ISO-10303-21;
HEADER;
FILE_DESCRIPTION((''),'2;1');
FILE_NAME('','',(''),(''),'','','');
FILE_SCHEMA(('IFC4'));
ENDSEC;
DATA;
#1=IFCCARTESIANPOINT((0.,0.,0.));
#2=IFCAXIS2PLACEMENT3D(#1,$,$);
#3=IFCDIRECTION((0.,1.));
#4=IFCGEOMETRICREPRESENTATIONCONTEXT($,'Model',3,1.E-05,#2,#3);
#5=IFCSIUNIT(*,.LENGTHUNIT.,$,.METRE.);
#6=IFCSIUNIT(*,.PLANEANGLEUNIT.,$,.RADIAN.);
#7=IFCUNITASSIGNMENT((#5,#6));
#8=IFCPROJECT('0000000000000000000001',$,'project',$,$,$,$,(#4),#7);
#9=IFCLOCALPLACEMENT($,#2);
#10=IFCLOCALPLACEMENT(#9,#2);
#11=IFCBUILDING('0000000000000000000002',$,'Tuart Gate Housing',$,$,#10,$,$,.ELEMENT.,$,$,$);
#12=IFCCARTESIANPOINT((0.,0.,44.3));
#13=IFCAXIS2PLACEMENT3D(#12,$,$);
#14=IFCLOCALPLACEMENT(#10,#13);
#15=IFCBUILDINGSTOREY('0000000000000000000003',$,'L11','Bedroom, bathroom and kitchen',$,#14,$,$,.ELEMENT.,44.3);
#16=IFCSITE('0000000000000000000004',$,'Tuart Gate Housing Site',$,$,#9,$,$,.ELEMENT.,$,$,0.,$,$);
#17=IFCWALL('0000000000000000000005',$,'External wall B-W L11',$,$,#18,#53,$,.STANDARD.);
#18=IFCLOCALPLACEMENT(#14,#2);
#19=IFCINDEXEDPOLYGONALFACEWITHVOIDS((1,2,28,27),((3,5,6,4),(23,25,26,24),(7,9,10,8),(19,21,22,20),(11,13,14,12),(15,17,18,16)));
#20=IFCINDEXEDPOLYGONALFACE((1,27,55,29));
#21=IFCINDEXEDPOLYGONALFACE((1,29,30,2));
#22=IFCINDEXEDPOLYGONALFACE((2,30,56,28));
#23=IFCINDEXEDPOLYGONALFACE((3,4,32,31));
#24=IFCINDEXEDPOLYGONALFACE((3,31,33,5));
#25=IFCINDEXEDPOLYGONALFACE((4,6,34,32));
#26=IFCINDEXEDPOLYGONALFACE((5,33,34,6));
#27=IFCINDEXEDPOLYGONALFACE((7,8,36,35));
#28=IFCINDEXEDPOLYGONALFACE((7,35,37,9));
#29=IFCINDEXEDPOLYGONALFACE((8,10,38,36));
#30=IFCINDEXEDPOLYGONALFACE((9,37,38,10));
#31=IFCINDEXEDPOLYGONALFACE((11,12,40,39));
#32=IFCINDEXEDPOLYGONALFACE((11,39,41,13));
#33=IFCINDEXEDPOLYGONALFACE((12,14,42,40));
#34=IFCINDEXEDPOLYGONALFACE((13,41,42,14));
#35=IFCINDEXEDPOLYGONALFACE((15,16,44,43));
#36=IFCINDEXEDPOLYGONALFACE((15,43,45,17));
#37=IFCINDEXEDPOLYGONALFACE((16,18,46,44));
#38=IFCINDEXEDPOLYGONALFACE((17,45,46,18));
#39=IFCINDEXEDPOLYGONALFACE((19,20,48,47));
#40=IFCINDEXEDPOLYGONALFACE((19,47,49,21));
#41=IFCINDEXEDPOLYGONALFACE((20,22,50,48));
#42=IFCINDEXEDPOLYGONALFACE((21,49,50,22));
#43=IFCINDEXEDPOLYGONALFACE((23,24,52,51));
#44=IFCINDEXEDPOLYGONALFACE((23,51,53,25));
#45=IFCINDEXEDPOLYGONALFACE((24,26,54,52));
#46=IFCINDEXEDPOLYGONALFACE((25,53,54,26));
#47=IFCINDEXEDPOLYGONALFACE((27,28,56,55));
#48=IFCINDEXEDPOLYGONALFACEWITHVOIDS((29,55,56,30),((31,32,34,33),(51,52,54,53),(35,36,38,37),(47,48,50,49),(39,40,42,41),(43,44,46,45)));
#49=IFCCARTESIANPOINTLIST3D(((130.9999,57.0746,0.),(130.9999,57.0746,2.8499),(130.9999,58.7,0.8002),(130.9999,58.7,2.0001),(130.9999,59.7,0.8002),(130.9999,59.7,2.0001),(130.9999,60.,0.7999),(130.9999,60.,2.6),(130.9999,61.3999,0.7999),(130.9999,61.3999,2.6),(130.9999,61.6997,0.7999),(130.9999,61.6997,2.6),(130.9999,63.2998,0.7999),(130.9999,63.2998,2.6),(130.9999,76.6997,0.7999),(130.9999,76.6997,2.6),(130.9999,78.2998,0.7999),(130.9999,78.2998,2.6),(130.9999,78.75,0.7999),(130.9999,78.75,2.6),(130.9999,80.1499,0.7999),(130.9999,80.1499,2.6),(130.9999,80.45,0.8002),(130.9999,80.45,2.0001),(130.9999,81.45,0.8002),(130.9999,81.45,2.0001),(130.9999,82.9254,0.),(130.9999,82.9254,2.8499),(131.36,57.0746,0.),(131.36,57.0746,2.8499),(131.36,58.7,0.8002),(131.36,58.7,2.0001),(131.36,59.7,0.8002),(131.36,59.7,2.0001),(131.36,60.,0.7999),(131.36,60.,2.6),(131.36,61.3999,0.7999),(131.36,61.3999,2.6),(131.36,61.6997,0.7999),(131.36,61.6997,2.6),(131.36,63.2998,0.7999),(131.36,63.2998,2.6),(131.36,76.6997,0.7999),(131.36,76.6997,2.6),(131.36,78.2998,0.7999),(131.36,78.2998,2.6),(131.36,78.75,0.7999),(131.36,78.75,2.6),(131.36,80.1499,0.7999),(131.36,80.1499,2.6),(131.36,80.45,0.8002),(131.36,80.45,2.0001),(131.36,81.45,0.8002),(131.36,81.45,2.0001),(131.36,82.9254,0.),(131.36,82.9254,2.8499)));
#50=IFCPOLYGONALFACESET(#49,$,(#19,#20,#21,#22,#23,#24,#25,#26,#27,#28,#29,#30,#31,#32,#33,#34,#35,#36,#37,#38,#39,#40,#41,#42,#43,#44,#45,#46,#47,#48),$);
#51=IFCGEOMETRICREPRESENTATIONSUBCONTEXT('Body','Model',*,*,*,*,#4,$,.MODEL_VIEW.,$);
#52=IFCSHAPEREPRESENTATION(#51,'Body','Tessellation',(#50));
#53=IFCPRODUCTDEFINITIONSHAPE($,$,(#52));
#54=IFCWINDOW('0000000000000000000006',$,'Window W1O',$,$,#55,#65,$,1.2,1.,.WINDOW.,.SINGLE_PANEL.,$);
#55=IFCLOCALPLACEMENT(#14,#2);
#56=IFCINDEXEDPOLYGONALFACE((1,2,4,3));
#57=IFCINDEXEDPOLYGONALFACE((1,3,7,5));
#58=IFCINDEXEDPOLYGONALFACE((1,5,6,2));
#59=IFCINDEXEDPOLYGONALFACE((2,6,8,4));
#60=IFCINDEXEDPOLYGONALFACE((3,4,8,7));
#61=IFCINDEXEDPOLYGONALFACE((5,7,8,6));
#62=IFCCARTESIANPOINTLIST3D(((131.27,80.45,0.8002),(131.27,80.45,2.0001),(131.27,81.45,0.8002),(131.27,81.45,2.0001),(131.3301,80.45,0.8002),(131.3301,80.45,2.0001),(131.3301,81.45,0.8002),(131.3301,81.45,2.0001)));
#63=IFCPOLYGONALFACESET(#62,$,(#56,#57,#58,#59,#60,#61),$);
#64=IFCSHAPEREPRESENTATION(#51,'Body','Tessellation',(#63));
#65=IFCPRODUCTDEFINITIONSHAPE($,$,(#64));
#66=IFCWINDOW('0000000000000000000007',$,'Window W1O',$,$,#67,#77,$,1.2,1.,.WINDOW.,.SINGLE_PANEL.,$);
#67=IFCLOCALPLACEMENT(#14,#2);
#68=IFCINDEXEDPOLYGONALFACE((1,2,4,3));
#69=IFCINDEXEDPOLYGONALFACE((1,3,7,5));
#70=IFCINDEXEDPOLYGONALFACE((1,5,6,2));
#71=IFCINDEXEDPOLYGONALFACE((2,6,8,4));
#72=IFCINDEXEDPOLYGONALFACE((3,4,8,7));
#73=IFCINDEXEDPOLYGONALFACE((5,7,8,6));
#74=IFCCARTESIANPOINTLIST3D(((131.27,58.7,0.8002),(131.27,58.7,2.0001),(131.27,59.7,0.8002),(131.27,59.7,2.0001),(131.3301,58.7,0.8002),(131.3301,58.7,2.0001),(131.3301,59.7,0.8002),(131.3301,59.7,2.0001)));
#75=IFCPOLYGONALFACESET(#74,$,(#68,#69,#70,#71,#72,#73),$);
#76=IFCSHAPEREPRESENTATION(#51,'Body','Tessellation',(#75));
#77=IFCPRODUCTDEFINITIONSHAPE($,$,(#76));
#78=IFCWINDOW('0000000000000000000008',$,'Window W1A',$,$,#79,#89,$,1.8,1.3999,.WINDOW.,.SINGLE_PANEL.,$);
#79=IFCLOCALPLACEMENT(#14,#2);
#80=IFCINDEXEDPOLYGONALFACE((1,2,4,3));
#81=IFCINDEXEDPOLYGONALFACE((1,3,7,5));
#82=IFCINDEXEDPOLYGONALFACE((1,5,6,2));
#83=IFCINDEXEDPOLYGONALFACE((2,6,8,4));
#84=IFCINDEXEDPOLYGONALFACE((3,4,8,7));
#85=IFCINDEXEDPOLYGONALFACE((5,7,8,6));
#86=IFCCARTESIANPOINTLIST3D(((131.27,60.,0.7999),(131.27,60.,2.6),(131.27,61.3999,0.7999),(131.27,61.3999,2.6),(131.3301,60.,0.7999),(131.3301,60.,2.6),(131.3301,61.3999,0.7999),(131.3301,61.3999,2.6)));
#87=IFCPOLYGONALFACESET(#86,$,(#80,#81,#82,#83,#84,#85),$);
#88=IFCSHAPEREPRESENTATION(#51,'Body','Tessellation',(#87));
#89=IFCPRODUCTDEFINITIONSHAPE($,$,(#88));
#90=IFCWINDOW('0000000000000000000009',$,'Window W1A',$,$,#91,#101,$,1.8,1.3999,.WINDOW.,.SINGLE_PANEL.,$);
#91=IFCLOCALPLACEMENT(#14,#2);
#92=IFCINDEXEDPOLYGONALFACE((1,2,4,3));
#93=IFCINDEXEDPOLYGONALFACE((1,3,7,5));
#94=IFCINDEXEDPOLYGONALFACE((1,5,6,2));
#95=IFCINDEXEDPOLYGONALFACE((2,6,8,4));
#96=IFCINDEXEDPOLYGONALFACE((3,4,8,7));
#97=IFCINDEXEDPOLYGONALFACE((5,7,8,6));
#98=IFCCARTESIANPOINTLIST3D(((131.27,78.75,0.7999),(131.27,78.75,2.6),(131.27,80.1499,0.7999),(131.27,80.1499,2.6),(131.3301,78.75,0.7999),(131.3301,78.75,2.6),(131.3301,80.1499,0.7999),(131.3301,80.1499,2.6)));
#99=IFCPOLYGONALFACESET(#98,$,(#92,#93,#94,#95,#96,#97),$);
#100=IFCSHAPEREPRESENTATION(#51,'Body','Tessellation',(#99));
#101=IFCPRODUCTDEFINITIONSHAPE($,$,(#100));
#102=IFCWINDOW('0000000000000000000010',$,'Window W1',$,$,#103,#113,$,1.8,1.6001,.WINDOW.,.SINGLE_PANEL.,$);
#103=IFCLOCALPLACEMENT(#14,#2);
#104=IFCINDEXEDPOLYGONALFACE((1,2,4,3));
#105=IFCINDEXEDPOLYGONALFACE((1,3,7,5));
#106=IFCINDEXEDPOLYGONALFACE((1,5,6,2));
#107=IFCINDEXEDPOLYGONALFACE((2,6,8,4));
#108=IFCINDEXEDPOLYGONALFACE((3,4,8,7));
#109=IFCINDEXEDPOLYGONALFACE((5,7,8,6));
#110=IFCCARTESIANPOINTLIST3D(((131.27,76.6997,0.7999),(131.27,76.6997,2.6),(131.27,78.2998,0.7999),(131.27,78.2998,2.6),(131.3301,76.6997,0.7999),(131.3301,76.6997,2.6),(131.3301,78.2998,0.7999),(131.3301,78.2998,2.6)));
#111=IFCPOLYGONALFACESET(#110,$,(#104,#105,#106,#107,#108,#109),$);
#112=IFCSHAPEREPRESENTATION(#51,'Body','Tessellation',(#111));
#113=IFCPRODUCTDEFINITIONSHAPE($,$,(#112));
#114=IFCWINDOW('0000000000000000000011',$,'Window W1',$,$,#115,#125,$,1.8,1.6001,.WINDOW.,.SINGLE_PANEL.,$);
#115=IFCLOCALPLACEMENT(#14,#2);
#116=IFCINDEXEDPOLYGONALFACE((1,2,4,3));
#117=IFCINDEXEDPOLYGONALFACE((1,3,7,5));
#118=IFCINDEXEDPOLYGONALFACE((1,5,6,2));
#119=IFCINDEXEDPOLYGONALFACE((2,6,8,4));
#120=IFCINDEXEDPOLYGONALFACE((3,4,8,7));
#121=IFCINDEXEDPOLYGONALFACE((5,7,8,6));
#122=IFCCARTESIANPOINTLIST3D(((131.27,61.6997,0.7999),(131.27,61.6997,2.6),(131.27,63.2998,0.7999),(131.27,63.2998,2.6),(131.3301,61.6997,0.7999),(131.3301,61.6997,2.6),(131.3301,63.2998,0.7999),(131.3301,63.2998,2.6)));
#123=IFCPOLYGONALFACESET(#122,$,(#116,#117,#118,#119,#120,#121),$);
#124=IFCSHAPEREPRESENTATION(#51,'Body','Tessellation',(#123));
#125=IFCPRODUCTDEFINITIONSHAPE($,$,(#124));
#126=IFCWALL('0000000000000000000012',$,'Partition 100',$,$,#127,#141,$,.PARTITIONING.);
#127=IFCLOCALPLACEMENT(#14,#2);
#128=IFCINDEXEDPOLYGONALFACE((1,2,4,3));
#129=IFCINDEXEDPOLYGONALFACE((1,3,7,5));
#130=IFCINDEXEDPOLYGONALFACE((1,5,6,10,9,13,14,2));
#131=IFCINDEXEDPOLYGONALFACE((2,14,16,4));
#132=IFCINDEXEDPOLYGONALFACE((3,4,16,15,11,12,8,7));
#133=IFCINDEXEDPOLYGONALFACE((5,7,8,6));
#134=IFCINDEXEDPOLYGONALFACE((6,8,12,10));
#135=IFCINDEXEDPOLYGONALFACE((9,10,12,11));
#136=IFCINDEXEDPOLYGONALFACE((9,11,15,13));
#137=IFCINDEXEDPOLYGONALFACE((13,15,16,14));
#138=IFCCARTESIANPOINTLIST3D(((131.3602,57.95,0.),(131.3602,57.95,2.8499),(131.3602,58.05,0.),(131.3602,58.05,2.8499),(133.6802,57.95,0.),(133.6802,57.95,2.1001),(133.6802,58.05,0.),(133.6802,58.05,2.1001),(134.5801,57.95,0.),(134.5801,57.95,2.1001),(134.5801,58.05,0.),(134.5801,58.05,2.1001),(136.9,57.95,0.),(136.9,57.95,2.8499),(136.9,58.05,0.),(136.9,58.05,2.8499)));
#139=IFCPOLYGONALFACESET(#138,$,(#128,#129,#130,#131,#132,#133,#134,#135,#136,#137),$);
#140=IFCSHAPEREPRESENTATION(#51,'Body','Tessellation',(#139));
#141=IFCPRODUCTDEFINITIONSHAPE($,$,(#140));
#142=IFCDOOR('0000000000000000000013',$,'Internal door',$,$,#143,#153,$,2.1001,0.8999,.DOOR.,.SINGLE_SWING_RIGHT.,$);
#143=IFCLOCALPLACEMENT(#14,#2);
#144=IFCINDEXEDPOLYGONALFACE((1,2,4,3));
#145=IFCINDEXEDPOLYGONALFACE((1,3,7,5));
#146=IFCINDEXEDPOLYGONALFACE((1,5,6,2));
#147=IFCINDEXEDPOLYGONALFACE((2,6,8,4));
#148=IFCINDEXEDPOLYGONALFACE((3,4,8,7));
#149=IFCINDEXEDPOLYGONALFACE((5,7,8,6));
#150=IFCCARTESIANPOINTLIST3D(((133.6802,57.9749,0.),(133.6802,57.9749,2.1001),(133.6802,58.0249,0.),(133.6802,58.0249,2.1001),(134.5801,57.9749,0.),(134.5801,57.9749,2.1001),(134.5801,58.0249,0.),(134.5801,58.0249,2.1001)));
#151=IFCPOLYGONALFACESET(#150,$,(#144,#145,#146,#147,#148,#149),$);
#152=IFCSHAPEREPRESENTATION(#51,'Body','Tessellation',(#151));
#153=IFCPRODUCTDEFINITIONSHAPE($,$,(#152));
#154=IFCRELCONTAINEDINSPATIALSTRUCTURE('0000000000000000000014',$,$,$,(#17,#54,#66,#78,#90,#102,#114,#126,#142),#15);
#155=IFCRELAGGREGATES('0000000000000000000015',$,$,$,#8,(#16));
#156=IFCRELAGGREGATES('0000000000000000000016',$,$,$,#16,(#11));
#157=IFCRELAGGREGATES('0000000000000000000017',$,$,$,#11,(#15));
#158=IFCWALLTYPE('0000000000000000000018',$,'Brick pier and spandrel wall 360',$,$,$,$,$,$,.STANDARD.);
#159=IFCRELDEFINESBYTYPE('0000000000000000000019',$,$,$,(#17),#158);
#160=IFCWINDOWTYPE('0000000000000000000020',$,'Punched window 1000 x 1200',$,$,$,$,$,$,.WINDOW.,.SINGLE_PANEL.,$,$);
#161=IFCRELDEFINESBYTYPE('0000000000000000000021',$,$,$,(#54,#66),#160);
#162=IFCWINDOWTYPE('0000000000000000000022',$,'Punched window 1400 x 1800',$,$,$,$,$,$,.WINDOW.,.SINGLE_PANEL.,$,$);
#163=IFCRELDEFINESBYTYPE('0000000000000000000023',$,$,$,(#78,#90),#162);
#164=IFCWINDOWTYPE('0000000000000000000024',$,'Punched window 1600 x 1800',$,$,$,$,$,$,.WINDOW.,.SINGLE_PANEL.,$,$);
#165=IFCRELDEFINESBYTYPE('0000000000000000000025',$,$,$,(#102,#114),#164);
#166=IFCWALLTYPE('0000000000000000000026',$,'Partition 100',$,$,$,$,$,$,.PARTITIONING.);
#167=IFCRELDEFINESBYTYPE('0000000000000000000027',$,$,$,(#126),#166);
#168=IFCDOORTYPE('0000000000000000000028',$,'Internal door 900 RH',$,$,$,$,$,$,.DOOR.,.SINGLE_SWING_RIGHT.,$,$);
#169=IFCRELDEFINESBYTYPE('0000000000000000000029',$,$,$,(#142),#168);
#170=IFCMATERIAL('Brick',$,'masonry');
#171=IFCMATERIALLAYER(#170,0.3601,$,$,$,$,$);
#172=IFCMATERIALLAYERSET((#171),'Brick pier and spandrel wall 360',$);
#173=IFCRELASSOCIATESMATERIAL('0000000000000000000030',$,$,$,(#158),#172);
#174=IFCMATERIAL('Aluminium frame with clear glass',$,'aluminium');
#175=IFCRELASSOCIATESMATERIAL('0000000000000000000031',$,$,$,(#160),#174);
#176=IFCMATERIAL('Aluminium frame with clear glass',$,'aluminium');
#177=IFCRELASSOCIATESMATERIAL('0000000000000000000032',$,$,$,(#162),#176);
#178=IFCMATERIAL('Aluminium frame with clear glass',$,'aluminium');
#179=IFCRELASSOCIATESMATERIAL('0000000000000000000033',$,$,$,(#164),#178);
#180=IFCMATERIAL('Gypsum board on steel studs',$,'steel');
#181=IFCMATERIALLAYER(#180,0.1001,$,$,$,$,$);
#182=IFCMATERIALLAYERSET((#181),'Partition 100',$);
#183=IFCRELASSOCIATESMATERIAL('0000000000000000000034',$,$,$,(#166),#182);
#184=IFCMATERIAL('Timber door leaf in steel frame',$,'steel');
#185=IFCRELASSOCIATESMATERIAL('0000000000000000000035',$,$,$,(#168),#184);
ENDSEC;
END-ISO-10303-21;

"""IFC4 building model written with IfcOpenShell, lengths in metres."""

from ifc_helpers import new_model, si_unit, direction, frame, frame_2d, origin, place, context, subcontext, project, spatial, rectangle, extrude, material, layer, layer_set, type_object, element, fill, save


model = new_model("IFC4")

# Units and contexts
model_context = context("Model", 3, precision=1e-05, world=origin(), true_north=direction((0.0, 1.0)))
body_context = subcontext(model_context, "Body", "Model", "MODEL_VIEW")
ifc_project = project(units=[si_unit("LENGTHUNIT", "METRE"), si_unit("PLANEANGLEUNIT", "RADIAN")], contexts=[model_context])

# Site, building, storey
site_placement = place(None, origin())
site = spatial("IfcSite", under=ifc_project, at=site_placement, Name="Tuart Gate Housing Site", CompositionType="ELEMENT", RefElevation=0.0)
building_placement = place(site_placement, origin())
building = spatial("IfcBuilding", under=site, at=building_placement, Name="Tuart Gate Housing", CompositionType="ELEMENT")
storey_placement = place(building_placement, frame((0.0, 0.0, 44.3)))
storey = spatial("IfcBuildingStorey", under=building, at=storey_placement, Name="L11", Description="Bedroom, bathroom and kitchen", CompositionType="ELEMENT", Elevation=44.3)

# Shared definitions
ifc_material_1 = material(Name="Brick", Category="masonry")
ifc_layer_1 = layer(ifc_material_1, 0.3601)
ifc_layer_set_1 = layer_set([ifc_layer_1], Name="Brick pier and spandrel wall 360")
wall_type_1 = type_object("IfcWallType", Name="Brick pier and spandrel wall 360", PredefinedType="STANDARD", material=ifc_layer_set_1)
ifc_material_2 = material(Name="Aluminium frame with clear glass", Category="aluminium")
window_type_1 = type_object("IfcWindowType", Name="Punched window 1000 x 1200", PartitioningType="SINGLE_PANEL", PredefinedType="WINDOW", material=ifc_material_2)
ifc_material_3 = material(Name="Aluminium frame with clear glass", Category="aluminium")
window_type_2 = type_object("IfcWindowType", Name="Punched window 1400 x 1800", PartitioningType="SINGLE_PANEL", PredefinedType="WINDOW", material=ifc_material_3)
ifc_material_4 = material(Name="Aluminium frame with clear glass", Category="aluminium")
window_type_3 = type_object("IfcWindowType", Name="Punched window 1600 x 1800", PartitioningType="SINGLE_PANEL", PredefinedType="WINDOW", material=ifc_material_4)

# Wall, openings, windows
wall_1_placement = place(storey_placement, frame((131.1799, 82.9253, 0.0), z_axis=(0.0, 0.0, 1.0), x_axis=(0.0, -1.0, 0.0)))
wall_1 = element("IfcWall", 1, at=wall_1_placement, inside=storey, type_object=wall_type_1, Name="External wall B-W L11", PredefinedType="STANDARD", context=body_context, shape_type="SweptSolid", body=[
    extrude(rectangle(XDim=25.8508, YDim=0.3601, at=frame_2d((12.9253, 0.0))), origin(), (0.0, 0.0, 1.0), 2.8499),
])
opening_1_placement = place(wall_1_placement, frame((1.4753, 0.0, 0.8)))
opening_1 = element("IfcOpeningElement", 2, at=opening_1_placement, cuts=wall_1, PredefinedType="OPENING", context=body_context, shape_type="SweptSolid", body=[
    extrude(rectangle(XDim=1.0, YDim=1.2, at=frame_2d((0.5, 0.6001))), frame((0.0, 0.1899, 0.0), z_axis=(0.0, -1.0, 0.0), x_axis=(1.0, 0.0, 0.0)), (0.0, 0.0, 1.0), 0.3801),
])
opening_2_placement = place(wall_1_placement, frame((4.6255, 0.0, 0.8)))
opening_2 = element("IfcOpeningElement", 3, at=opening_2_placement, cuts=wall_1, PredefinedType="OPENING", context=body_context, shape_type="SweptSolid", body=[
    extrude(rectangle(XDim=1.6001, YDim=1.8, at=frame_2d((0.8, 0.8999))), frame((0.0, 0.1899, 0.0), z_axis=(0.0, -1.0, 0.0), x_axis=(1.0, 0.0, 0.0)), (0.0, 0.0, 1.0), 0.3801),
])
opening_3_placement = place(wall_1_placement, frame((19.6255, 0.0, 0.8)))
opening_3 = element("IfcOpeningElement", 4, at=opening_3_placement, cuts=wall_1, PredefinedType="OPENING", context=body_context, shape_type="SweptSolid", body=[
    extrude(rectangle(XDim=1.6001, YDim=1.8, at=frame_2d((0.8, 0.8999))), frame((0.0, 0.1899, 0.0), z_axis=(0.0, -1.0, 0.0), x_axis=(1.0, 0.0, 0.0)), (0.0, 0.0, 1.0), 0.3801),
])
opening_4_placement = place(wall_1_placement, frame((21.5254, 0.0, 0.8)))
opening_4 = element("IfcOpeningElement", 5, at=opening_4_placement, cuts=wall_1, PredefinedType="OPENING", context=body_context, shape_type="SweptSolid", body=[
    extrude(rectangle(XDim=1.3999, YDim=1.8, at=frame_2d((0.7, 0.8999))), frame((0.0, 0.1899, 0.0), z_axis=(0.0, -1.0, 0.0), x_axis=(1.0, 0.0, 0.0)), (0.0, 0.0, 1.0), 0.3801),
])
opening_5_placement = place(wall_1_placement, frame((2.7754, 0.0, 0.8)))
opening_5 = element("IfcOpeningElement", 6, at=opening_5_placement, cuts=wall_1, PredefinedType="OPENING", context=body_context, shape_type="SweptSolid", body=[
    extrude(rectangle(XDim=1.3999, YDim=1.8, at=frame_2d((0.7, 0.8999))), frame((0.0, 0.1899, 0.0), z_axis=(0.0, -1.0, 0.0), x_axis=(1.0, 0.0, 0.0)), (0.0, 0.0, 1.0), 0.3801),
])
opening_6_placement = place(wall_1_placement, frame((23.2253, 0.0, 0.8)))
opening_6 = element("IfcOpeningElement", 7, at=opening_6_placement, cuts=wall_1, PredefinedType="OPENING", context=body_context, shape_type="SweptSolid", body=[
    extrude(rectangle(XDim=1.0, YDim=1.2, at=frame_2d((0.5, 0.6001))), frame((0.0, 0.1899, 0.0), z_axis=(0.0, -1.0, 0.0), x_axis=(1.0, 0.0, 0.0)), (0.0, 0.0, 1.0), 0.3801),
])
window_1_placement = place(opening_1_placement, origin())
window_1 = element("IfcWindow", 8, at=window_1_placement, inside=storey, type_object=window_type_1, Name="Window W1O", OverallHeight=1.2, OverallWidth=1.0, PartitioningType="SINGLE_PANEL", PredefinedType="WINDOW", context=body_context, shape_type="SweptSolid", body=[
    extrude(rectangle(XDim=1.0, YDim=1.2, at=frame_2d((0.5, 0.6001))), frame((0.0, 0.1501, 0.0), z_axis=(0.0, -1.0, 0.0), x_axis=(1.0, 0.0, 0.0)), (0.0, 0.0, 1.0), 0.0601),
])
fill(opening_1, window_1)
window_2_placement = place(opening_6_placement, origin())
window_2 = element("IfcWindow", 9, at=window_2_placement, inside=storey, type_object=window_type_1, Name="Window W1O", OverallHeight=1.2, OverallWidth=1.0, PartitioningType="SINGLE_PANEL", PredefinedType="WINDOW", context=body_context, shape_type="SweptSolid", body=[
    extrude(rectangle(XDim=1.0, YDim=1.2, at=frame_2d((0.5, 0.6001))), frame((0.0, 0.1501, 0.0), z_axis=(0.0, -1.0, 0.0), x_axis=(1.0, 0.0, 0.0)), (0.0, 0.0, 1.0), 0.0601),
])
fill(opening_6, window_2)
window_3_placement = place(opening_4_placement, origin())
window_3 = element("IfcWindow", 10, at=window_3_placement, inside=storey, type_object=window_type_2, Name="Window W1A", OverallHeight=1.8, OverallWidth=1.3999, PartitioningType="SINGLE_PANEL", PredefinedType="WINDOW", context=body_context, shape_type="SweptSolid", body=[
    extrude(rectangle(XDim=1.3999, YDim=1.8, at=frame_2d((0.7, 0.8999))), frame((0.0, 0.1501, 0.0), z_axis=(0.0, -1.0, 0.0), x_axis=(1.0, 0.0, 0.0)), (0.0, 0.0, 1.0), 0.0601),
])
fill(opening_4, window_3)
window_4_placement = place(opening_5_placement, origin())
window_4 = element("IfcWindow", 11, at=window_4_placement, inside=storey, type_object=window_type_2, Name="Window W1A", OverallHeight=1.8, OverallWidth=1.3999, PartitioningType="SINGLE_PANEL", PredefinedType="WINDOW", context=body_context, shape_type="SweptSolid", body=[
    extrude(rectangle(XDim=1.3999, YDim=1.8, at=frame_2d((0.7, 0.8999))), frame((0.0, 0.1501, 0.0), z_axis=(0.0, -1.0, 0.0), x_axis=(1.0, 0.0, 0.0)), (0.0, 0.0, 1.0), 0.0601),
])
fill(opening_5, window_4)
window_5_placement = place(opening_2_placement, origin())
window_5 = element("IfcWindow", 12, at=window_5_placement, inside=storey, type_object=window_type_3, Name="Window W1", OverallHeight=1.8, OverallWidth=1.6001, PartitioningType="SINGLE_PANEL", PredefinedType="WINDOW", context=body_context, shape_type="SweptSolid", body=[
    extrude(rectangle(XDim=1.6001, YDim=1.8, at=frame_2d((0.8, 0.8999))), frame((0.0, 0.1501, 0.0), z_axis=(0.0, -1.0, 0.0), x_axis=(1.0, 0.0, 0.0)), (0.0, 0.0, 1.0), 0.0601),
])
fill(opening_2, window_5)
window_6_placement = place(opening_3_placement, origin())
window_6 = element("IfcWindow", 13, at=window_6_placement, inside=storey, type_object=window_type_3, Name="Window W1", OverallHeight=1.8, OverallWidth=1.6001, PartitioningType="SINGLE_PANEL", PredefinedType="WINDOW", context=body_context, shape_type="SweptSolid", body=[
    extrude(rectangle(XDim=1.6001, YDim=1.8, at=frame_2d((0.8, 0.8999))), frame((0.0, 0.1501, 0.0), z_axis=(0.0, -1.0, 0.0), x_axis=(1.0, 0.0, 0.0)), (0.0, 0.0, 1.0), 0.0601),
])
fill(opening_3, window_6)

# Wall, opening, door
ifc_material_5 = material(Name="Gypsum board on steel studs", Category="steel")
ifc_layer_2 = layer(ifc_material_5, 0.1001)
ifc_layer_set_2 = layer_set([ifc_layer_2], Name="Partition 100")
wall_type_2 = type_object("IfcWallType", Name="Partition 100", PredefinedType="PARTITIONING", material=ifc_layer_set_2)
wall_2_placement = place(storey_placement, frame((131.3601, 58.0, 0.0), z_axis=(0.0, 0.0, 1.0), x_axis=(1.0, 0.0, 0.0)))
wall_2 = element("IfcWall", 14, at=wall_2_placement, inside=storey, type_object=wall_type_2, Name="Partition 100", PredefinedType="PARTITIONING", context=body_context, shape_type="SweptSolid", body=[
    extrude(rectangle(XDim=5.5398, YDim=0.1001, at=frame_2d((2.77, 0.0))), origin(), (0.0, 0.0, 1.0), 2.8499),
])
opening_7_placement = place(wall_2_placement, frame((2.3201, 0.0, 0.0)))
opening_7 = element("IfcOpeningElement", 15, at=opening_7_placement, cuts=wall_2, PredefinedType="OPENING", context=body_context, shape_type="SweptSolid", body=[
    extrude(rectangle(XDim=0.8999, YDim=2.1001, at=frame_2d((0.45, 1.05))), frame((0.0, 0.0601, 0.0), z_axis=(0.0, -1.0, 0.0), x_axis=(1.0, 0.0, 0.0)), (0.0, 0.0, 1.0), 0.1201),
])
ifc_material_6 = material(Name="Timber door leaf in steel frame", Category="steel")
door_type_1 = type_object("IfcDoorType", Name="Internal door 900 RH", OperationType="SINGLE_SWING_RIGHT", PredefinedType="DOOR", material=ifc_material_6)
door_1_placement = place(opening_7_placement, frame((0.8999, 0.0, 0.0), z_axis=(0.0, 0.0, 1.0), x_axis=(-1.0, 0.0, 0.0)))
door_1 = element("IfcDoor", 16, at=door_1_placement, inside=storey, type_object=door_type_1, Name="Internal door", OperationType="SINGLE_SWING_RIGHT", OverallHeight=2.1001, OverallWidth=0.8999, PredefinedType="DOOR", context=body_context, shape_type="SweptSolid", body=[
    extrude(rectangle(XDim=0.8999, YDim=2.1001, at=frame_2d((0.45, 1.05))), frame((0.0, 0.0251, 0.0), z_axis=(0.0, -1.0, 0.0), x_axis=(1.0, 0.0, 0.0)), (0.0, 0.0, 1.0), 0.05),
])
fill(opening_7, door_1)

save(model, "model.ifc")
